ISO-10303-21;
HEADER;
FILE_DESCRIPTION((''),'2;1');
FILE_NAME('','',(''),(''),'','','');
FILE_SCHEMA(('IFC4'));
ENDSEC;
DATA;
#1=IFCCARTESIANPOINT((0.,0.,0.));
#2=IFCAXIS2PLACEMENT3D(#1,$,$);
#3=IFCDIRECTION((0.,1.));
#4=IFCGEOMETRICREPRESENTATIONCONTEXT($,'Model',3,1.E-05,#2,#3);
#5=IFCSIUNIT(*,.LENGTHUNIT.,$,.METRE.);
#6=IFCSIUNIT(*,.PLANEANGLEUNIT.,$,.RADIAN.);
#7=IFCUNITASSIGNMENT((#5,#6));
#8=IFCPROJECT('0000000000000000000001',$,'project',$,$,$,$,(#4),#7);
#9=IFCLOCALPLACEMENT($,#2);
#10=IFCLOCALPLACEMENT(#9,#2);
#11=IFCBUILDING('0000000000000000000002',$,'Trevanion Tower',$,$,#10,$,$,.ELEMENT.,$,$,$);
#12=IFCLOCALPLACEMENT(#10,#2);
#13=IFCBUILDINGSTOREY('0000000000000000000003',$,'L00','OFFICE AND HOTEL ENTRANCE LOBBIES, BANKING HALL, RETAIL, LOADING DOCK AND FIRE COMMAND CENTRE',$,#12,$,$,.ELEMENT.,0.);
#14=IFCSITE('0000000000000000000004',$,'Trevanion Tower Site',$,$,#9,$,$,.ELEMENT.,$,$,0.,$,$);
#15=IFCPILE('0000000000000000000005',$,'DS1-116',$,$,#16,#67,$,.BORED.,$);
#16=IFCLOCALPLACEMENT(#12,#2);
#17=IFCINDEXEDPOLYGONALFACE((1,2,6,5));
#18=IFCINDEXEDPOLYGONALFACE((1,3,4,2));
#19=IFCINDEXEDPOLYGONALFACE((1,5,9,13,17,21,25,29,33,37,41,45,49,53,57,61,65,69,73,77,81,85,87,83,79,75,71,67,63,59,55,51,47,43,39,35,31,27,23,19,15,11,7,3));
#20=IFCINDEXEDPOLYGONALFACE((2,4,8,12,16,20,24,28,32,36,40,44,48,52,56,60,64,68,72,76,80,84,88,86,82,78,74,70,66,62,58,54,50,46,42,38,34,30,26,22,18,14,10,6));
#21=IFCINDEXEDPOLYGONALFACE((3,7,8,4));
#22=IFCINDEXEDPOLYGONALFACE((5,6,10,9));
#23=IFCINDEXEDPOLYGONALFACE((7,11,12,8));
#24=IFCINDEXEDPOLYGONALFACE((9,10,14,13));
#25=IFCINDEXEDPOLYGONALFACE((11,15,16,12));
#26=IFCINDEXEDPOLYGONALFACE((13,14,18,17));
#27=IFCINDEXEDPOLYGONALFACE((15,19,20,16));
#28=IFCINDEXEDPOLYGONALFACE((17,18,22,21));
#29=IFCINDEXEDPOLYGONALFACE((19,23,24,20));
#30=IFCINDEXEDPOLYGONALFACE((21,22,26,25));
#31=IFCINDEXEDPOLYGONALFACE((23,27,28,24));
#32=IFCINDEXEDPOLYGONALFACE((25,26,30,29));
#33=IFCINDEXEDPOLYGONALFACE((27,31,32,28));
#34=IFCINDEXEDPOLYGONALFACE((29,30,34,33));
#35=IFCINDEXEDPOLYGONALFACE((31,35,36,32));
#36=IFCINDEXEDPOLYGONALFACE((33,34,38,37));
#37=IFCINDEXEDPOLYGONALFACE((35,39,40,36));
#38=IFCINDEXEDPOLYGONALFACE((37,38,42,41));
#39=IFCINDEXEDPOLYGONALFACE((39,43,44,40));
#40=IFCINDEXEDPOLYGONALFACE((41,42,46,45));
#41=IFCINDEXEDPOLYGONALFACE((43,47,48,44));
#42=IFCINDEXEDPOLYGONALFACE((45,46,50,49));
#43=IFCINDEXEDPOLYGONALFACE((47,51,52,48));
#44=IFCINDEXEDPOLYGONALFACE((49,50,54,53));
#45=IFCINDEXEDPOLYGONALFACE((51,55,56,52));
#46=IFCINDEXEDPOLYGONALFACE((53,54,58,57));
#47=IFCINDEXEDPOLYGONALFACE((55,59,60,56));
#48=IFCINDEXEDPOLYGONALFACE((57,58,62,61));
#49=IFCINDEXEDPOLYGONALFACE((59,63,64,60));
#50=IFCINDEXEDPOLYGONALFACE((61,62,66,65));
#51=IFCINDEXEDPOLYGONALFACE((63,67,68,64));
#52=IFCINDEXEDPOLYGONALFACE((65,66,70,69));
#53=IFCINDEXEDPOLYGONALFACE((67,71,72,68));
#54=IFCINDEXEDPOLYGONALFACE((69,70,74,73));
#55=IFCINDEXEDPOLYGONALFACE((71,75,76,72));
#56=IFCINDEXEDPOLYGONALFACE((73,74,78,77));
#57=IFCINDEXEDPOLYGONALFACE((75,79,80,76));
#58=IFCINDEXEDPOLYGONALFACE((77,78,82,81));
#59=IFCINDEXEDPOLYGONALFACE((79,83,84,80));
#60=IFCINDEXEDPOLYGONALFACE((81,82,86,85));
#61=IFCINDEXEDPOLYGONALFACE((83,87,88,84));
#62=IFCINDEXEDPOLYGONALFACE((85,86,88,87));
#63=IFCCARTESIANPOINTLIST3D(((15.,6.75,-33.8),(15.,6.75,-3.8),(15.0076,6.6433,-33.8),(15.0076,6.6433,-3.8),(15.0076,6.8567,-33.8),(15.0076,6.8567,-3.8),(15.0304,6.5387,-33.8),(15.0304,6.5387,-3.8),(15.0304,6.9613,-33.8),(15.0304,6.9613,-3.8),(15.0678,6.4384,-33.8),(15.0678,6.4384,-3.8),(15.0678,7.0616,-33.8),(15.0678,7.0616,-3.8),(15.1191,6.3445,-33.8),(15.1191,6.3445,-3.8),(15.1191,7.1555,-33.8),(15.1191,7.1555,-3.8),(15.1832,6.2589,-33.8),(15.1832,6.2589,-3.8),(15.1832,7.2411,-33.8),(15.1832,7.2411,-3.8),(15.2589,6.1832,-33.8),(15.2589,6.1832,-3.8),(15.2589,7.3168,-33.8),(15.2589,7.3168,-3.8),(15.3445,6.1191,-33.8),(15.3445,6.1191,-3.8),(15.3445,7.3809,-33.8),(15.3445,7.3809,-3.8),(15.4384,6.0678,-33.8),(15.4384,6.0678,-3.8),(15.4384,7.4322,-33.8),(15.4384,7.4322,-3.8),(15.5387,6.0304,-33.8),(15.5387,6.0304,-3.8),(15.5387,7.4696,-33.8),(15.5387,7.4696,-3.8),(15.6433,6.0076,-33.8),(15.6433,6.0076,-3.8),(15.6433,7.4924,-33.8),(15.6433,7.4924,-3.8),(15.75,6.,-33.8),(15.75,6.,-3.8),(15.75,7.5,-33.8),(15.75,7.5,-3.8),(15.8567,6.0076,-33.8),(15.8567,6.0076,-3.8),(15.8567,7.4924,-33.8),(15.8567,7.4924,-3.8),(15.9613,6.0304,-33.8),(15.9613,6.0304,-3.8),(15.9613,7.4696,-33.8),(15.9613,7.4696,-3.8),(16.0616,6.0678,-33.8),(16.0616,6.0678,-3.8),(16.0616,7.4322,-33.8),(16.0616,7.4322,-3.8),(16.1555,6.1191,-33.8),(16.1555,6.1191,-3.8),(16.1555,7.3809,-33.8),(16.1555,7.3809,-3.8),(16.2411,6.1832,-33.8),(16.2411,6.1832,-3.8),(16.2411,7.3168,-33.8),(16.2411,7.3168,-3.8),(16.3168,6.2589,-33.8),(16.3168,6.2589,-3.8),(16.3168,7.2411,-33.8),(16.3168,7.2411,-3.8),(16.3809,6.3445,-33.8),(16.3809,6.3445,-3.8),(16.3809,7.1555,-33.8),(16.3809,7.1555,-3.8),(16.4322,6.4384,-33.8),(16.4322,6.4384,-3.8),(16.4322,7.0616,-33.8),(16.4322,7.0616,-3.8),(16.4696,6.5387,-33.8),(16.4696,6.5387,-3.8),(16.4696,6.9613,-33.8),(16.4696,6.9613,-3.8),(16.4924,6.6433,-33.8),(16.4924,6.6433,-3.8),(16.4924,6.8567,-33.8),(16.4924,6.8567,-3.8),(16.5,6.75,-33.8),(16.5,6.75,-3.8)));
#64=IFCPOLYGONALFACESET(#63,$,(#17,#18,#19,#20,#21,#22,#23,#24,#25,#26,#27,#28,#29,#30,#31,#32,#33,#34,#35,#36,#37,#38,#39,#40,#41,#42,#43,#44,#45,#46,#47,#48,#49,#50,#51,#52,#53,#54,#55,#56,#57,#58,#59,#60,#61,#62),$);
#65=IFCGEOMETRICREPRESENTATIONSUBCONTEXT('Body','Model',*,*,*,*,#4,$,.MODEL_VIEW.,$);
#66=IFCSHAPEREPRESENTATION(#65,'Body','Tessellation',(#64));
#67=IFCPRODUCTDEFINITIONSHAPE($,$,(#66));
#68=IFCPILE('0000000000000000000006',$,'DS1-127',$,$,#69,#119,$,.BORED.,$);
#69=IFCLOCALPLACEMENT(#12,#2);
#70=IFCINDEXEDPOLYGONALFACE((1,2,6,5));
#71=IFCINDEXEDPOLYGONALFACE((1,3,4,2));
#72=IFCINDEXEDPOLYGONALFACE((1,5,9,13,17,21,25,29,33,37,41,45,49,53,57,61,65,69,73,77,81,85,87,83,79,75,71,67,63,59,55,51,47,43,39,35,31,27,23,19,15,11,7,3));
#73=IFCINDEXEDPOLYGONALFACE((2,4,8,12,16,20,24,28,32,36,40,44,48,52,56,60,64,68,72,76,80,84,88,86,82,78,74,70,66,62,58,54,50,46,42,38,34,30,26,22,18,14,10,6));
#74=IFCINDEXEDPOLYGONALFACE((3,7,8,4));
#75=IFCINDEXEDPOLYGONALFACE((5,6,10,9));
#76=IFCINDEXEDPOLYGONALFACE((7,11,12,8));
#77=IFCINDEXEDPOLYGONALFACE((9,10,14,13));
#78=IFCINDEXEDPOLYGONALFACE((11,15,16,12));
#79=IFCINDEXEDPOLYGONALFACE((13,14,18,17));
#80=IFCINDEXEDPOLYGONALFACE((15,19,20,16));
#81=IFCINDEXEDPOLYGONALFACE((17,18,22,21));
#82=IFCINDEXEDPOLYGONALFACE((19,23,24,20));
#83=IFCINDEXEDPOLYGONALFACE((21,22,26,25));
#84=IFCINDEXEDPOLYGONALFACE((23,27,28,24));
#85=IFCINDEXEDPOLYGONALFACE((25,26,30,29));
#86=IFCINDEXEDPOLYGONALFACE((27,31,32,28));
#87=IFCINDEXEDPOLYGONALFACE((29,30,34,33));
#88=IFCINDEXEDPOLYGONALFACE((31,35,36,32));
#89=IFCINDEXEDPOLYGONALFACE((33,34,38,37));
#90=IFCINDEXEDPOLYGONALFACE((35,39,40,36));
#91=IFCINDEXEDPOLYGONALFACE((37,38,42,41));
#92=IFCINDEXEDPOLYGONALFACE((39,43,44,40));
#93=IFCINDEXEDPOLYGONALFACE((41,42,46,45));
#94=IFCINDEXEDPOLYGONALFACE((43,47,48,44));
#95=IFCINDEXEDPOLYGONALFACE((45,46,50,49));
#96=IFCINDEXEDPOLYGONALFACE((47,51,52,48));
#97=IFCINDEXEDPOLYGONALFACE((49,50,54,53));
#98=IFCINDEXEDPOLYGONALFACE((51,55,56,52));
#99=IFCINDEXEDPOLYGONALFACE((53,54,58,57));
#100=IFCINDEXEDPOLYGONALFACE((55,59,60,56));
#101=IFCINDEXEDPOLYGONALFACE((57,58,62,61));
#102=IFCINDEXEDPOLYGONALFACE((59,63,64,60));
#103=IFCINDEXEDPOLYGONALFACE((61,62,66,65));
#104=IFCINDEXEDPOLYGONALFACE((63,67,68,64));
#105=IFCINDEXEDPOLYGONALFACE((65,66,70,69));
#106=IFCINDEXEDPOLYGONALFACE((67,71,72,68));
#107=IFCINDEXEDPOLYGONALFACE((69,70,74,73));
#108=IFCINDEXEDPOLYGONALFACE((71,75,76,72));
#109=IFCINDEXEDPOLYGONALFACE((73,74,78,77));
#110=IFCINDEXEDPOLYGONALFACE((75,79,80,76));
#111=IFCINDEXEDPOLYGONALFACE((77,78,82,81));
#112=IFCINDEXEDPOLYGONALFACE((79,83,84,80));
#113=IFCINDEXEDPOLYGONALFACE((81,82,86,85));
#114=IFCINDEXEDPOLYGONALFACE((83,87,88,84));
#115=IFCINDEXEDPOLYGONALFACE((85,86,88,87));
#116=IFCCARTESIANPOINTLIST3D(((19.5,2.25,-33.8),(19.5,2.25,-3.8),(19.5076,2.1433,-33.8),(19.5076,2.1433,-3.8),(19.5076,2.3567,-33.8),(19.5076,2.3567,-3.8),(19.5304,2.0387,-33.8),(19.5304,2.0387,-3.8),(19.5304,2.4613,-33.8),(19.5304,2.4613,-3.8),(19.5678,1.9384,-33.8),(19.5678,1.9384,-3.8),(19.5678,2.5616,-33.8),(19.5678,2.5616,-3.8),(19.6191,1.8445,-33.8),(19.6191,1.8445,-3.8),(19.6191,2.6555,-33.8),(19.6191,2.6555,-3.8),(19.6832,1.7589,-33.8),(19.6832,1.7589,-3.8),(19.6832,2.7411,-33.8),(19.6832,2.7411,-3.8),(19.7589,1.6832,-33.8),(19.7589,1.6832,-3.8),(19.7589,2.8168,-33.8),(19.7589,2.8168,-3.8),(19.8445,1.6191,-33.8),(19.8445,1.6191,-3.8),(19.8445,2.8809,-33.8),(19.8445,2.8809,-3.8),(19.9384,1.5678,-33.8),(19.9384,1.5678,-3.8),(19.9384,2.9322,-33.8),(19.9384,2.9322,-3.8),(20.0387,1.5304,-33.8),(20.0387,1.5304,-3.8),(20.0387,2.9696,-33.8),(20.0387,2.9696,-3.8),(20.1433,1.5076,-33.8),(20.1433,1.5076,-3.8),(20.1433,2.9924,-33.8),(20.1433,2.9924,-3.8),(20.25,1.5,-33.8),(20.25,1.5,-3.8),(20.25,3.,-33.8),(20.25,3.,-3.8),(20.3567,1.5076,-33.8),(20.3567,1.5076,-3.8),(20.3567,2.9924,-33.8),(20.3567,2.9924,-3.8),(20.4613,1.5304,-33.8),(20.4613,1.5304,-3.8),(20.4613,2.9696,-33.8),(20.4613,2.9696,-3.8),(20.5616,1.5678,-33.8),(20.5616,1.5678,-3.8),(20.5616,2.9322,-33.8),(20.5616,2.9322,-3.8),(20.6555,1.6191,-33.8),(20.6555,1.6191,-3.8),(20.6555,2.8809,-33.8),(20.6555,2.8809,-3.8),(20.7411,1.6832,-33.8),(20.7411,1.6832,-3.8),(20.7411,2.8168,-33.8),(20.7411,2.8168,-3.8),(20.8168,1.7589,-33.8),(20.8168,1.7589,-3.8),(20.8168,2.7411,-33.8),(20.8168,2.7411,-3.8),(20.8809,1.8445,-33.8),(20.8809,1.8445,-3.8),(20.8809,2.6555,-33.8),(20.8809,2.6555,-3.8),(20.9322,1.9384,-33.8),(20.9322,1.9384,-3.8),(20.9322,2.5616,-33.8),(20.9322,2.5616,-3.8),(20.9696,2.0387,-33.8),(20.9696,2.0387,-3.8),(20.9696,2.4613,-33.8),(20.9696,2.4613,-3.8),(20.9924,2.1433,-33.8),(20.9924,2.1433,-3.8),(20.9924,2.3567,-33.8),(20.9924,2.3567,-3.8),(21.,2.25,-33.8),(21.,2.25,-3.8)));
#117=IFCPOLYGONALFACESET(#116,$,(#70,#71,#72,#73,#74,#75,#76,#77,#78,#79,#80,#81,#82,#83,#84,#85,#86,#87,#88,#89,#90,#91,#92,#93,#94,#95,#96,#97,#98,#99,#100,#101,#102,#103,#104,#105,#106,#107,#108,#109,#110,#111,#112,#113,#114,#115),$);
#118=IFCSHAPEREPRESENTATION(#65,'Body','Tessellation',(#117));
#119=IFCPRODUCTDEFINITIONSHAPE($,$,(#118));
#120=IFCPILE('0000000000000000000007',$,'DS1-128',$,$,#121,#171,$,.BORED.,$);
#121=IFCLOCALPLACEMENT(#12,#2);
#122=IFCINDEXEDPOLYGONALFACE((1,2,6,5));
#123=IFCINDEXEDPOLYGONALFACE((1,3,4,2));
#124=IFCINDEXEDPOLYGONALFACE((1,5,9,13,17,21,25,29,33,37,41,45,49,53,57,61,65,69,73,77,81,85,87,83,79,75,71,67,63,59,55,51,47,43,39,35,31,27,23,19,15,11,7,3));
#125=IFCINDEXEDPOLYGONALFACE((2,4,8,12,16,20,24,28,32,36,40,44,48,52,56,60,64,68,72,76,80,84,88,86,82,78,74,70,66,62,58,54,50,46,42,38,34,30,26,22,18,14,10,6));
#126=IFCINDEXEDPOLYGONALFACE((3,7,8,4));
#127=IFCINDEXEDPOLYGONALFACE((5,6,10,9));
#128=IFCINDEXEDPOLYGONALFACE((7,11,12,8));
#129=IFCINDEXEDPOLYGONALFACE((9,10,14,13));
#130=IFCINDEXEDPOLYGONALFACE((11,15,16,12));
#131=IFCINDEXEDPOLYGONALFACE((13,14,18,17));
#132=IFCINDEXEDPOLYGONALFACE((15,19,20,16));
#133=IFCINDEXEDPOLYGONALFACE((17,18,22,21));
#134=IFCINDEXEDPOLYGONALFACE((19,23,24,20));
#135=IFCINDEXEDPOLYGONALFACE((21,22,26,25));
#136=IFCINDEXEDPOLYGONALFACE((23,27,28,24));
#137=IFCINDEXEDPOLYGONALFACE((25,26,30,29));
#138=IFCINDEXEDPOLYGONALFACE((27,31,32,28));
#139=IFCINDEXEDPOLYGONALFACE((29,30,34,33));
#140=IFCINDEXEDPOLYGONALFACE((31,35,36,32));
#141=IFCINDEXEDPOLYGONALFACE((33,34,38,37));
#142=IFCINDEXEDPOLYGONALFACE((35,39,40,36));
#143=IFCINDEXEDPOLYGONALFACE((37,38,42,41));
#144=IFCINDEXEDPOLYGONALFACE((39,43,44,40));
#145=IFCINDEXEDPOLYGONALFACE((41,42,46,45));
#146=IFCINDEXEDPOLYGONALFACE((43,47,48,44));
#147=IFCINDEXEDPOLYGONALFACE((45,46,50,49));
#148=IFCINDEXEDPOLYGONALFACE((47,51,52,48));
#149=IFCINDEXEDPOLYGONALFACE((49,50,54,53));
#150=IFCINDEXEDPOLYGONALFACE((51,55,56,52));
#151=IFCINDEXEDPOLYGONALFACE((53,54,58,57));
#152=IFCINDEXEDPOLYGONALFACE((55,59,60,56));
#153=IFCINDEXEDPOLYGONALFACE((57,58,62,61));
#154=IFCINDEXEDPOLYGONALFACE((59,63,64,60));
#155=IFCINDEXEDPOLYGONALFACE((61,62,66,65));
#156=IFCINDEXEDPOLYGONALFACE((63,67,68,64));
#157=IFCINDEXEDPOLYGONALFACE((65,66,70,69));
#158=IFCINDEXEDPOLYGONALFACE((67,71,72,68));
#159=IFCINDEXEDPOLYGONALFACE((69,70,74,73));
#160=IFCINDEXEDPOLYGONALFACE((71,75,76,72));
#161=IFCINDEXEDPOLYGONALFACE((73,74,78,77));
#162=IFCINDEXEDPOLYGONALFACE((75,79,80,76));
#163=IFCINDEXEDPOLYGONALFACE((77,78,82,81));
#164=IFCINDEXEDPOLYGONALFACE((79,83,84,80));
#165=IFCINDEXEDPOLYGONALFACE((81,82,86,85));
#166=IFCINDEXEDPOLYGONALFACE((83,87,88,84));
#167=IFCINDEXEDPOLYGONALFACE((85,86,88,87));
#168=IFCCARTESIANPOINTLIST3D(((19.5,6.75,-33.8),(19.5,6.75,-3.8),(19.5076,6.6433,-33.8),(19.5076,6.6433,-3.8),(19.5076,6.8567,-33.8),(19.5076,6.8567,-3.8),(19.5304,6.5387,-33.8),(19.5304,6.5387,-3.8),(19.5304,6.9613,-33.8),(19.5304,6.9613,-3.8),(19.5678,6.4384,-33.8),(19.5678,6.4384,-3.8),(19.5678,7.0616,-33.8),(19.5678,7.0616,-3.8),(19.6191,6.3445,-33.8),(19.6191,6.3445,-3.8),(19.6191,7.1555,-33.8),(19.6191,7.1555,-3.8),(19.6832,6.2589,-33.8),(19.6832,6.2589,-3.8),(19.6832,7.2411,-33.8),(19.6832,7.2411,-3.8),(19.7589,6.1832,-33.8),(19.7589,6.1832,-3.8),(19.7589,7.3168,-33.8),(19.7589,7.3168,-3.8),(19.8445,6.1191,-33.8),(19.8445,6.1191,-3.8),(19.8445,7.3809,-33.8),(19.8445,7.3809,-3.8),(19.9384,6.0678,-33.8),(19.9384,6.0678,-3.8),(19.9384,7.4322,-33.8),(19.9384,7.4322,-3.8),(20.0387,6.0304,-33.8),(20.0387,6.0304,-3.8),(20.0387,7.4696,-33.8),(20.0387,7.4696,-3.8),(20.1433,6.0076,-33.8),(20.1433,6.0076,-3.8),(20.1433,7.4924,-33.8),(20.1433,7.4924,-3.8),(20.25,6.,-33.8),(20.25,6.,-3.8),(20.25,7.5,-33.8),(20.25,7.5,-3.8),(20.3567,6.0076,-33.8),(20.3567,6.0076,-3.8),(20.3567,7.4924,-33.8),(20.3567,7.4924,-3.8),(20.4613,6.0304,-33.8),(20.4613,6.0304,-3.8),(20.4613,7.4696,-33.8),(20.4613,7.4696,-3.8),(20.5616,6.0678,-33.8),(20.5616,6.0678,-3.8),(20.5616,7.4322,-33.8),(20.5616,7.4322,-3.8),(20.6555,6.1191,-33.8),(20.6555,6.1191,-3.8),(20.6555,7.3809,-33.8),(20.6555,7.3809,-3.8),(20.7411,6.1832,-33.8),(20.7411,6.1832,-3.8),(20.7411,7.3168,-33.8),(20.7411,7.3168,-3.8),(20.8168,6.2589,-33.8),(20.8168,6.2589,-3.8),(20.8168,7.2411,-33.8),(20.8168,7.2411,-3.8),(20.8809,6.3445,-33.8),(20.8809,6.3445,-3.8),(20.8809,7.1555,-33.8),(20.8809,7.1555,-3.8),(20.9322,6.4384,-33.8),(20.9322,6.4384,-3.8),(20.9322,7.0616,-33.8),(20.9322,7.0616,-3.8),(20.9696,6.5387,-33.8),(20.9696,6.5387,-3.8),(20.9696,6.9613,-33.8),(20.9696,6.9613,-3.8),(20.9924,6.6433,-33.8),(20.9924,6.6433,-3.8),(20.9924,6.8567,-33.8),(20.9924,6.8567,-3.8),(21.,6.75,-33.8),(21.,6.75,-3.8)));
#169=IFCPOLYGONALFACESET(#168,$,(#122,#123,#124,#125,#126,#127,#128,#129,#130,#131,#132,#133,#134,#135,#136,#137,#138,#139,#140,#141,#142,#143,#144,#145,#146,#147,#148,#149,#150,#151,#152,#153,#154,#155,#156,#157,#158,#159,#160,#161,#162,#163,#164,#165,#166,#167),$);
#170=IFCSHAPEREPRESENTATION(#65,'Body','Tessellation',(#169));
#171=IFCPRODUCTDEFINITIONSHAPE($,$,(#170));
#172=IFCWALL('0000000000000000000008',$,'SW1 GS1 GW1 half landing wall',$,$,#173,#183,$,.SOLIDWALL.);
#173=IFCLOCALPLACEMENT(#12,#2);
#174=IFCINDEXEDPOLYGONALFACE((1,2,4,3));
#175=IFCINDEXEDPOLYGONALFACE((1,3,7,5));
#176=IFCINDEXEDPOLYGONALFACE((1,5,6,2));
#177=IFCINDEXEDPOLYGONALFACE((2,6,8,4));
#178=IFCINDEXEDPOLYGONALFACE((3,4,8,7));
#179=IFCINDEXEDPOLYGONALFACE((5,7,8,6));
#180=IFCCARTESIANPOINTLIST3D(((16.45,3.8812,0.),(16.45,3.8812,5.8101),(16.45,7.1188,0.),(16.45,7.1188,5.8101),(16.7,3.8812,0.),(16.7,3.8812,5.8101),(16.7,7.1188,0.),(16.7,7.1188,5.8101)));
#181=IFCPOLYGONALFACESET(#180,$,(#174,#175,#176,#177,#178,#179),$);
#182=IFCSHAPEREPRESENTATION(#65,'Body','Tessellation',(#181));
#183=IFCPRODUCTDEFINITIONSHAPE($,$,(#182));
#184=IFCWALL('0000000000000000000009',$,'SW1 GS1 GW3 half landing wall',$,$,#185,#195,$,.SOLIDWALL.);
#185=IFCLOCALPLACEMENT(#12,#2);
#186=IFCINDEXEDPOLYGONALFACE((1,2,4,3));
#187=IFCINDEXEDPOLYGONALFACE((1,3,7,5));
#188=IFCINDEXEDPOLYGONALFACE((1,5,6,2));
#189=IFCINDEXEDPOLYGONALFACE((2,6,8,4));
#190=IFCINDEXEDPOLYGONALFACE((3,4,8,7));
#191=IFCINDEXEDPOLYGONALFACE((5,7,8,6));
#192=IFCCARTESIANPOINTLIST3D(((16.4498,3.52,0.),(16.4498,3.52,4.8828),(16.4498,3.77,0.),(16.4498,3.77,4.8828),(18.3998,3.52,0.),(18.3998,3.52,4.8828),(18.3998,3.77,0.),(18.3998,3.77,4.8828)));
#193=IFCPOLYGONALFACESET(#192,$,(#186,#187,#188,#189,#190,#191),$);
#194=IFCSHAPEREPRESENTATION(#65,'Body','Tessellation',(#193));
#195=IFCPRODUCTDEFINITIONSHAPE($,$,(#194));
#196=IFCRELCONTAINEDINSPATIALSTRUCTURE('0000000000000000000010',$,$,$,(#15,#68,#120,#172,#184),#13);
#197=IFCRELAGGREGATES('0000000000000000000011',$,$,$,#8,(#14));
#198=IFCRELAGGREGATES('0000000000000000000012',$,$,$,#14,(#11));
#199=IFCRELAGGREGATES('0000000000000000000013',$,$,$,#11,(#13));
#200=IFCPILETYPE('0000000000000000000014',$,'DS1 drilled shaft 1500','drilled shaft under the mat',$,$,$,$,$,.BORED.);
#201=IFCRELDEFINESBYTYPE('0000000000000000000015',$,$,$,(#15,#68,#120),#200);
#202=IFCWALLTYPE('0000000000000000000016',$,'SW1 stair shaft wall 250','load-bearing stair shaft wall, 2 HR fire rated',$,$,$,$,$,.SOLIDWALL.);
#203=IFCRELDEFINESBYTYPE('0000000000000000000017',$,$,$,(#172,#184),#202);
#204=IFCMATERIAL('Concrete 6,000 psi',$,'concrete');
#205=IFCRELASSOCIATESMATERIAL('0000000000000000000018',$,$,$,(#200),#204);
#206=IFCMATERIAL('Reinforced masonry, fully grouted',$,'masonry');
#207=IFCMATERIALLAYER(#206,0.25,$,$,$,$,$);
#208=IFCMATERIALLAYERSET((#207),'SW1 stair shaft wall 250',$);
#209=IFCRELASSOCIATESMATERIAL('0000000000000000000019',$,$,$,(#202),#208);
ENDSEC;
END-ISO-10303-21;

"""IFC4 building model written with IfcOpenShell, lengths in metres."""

from ifc_helpers import new_model, si_unit, direction, frame, frame_2d, origin, origin_2d, place, context, subcontext, project, spatial, rectangle, circle, extrude, material, layer, layer_set, material_profile, profile_set, type_object, element, save


model = new_model("IFC4")

# Units and contexts
model_context = context("Model", 3, precision=1e-05, world=origin(), true_north=direction((0.0, 1.0)))
body_context = subcontext(model_context, "Body", "Model", "MODEL_VIEW")
ifc_project = project(units=[si_unit("LENGTHUNIT", "METRE"), si_unit("PLANEANGLEUNIT", "RADIAN")], contexts=[model_context])

# Site, building, storey
site_placement = place(None, origin())
site = spatial("IfcSite", under=ifc_project, at=site_placement, Name="Trevanion Tower Site", CompositionType="ELEMENT", RefElevation=0.0)
building_placement = place(site_placement, origin())
building = spatial("IfcBuilding", under=site, at=building_placement, Name="Trevanion Tower", CompositionType="ELEMENT")
storey_placement = place(building_placement, origin())
storey = spatial("IfcBuildingStorey", under=building, at=storey_placement, Name="L00", Description="OFFICE AND HOTEL ENTRANCE LOBBIES, BANKING HALL, RETAIL, LOADING DOCK AND FIRE COMMAND CENTRE", CompositionType="ELEMENT", Elevation=0.0)

# Piles
ifc_material_1 = material(Name="Concrete 6,000 psi", Category="concrete")
ifc_material_profile = material_profile(ifc_material_1, circle(Radius=0.75, at=origin_2d()), Name="DS1 drilled shaft 1500")
ifc_profile_set = profile_set([ifc_material_profile], Name="Concrete 6,000 psi")
pile_type = type_object("IfcPileType", Name="DS1 drilled shaft 1500", Description="drilled shaft under the mat", PredefinedType="BORED", material=ifc_profile_set)
for number, where, z_axis, x_axis, name in (
    (1, (15.75, 6.75, -3.8), (0.0, 0.0, -1.0), (1.0, 0.0, 0.0), "DS1-116"),
    (2, (20.25, 2.25, -3.8), (0.0, 0.0, -1.0), (1.0, 0.0, 0.0), "DS1-127"),
    (3, (20.25, 6.75, -3.8), (0.0, 0.0, -1.0), (1.0, 0.0, 0.0), "DS1-128"),
):
    element("IfcPile", number, at=place(storey_placement, frame(where, z_axis=z_axis, x_axis=x_axis)), inside=storey, type_object=pile_type, Name=name, PredefinedType="BORED", context=body_context, shape_type="SweptSolid", body=[
        extrude(circle(Radius=0.75, at=origin_2d()), origin(), (0.0, 0.0, 1.0), 30.0),
    ])

# Walls
ifc_material_2 = material(Name="Reinforced masonry, fully grouted", Category="masonry")
ifc_layer = layer(ifc_material_2, 0.25)
ifc_layer_set = layer_set([ifc_layer], Name="SW1 stair shaft wall 250")
wall_type = type_object("IfcWallType", Name="SW1 stair shaft wall 250", Description="load-bearing stair shaft wall, 2 HR fire rated", PredefinedType="SOLIDWALL", material=ifc_layer_set)
wall_1_placement = place(storey_placement, frame((16.575, 3.8813, 0.0), z_axis=(0.0, 0.0, 1.0), x_axis=(0.0, 1.0, 0.0)))
element("IfcWall", 4, at=wall_1_placement, inside=storey, type_object=wall_type, Name="SW1 GS1 GW1 half landing wall", PredefinedType="SOLIDWALL", context=body_context, shape_type="SweptSolid", body=[
    extrude(rectangle(XDim=3.2375, YDim=0.25, at=frame_2d((1.6187, 0.0))), origin(), (0.0, 0.0, 1.0), 5.8101),
])
wall_2_placement = place(storey_placement, frame((18.3999, 3.645, 0.0), z_axis=(0.0, 0.0, 1.0), x_axis=(-1.0, 0.0, 0.0)))
element("IfcWall", 5, at=wall_2_placement, inside=storey, type_object=wall_type, Name="SW1 GS1 GW3 half landing wall", PredefinedType="SOLIDWALL", context=body_context, shape_type="SweptSolid", body=[
    extrude(rectangle(XDim=1.95, YDim=0.25, at=frame_2d((0.9751, 0.0))), origin(), (0.0, 0.0, 1.0), 4.8828),
])

save(model, "model.ifc")
